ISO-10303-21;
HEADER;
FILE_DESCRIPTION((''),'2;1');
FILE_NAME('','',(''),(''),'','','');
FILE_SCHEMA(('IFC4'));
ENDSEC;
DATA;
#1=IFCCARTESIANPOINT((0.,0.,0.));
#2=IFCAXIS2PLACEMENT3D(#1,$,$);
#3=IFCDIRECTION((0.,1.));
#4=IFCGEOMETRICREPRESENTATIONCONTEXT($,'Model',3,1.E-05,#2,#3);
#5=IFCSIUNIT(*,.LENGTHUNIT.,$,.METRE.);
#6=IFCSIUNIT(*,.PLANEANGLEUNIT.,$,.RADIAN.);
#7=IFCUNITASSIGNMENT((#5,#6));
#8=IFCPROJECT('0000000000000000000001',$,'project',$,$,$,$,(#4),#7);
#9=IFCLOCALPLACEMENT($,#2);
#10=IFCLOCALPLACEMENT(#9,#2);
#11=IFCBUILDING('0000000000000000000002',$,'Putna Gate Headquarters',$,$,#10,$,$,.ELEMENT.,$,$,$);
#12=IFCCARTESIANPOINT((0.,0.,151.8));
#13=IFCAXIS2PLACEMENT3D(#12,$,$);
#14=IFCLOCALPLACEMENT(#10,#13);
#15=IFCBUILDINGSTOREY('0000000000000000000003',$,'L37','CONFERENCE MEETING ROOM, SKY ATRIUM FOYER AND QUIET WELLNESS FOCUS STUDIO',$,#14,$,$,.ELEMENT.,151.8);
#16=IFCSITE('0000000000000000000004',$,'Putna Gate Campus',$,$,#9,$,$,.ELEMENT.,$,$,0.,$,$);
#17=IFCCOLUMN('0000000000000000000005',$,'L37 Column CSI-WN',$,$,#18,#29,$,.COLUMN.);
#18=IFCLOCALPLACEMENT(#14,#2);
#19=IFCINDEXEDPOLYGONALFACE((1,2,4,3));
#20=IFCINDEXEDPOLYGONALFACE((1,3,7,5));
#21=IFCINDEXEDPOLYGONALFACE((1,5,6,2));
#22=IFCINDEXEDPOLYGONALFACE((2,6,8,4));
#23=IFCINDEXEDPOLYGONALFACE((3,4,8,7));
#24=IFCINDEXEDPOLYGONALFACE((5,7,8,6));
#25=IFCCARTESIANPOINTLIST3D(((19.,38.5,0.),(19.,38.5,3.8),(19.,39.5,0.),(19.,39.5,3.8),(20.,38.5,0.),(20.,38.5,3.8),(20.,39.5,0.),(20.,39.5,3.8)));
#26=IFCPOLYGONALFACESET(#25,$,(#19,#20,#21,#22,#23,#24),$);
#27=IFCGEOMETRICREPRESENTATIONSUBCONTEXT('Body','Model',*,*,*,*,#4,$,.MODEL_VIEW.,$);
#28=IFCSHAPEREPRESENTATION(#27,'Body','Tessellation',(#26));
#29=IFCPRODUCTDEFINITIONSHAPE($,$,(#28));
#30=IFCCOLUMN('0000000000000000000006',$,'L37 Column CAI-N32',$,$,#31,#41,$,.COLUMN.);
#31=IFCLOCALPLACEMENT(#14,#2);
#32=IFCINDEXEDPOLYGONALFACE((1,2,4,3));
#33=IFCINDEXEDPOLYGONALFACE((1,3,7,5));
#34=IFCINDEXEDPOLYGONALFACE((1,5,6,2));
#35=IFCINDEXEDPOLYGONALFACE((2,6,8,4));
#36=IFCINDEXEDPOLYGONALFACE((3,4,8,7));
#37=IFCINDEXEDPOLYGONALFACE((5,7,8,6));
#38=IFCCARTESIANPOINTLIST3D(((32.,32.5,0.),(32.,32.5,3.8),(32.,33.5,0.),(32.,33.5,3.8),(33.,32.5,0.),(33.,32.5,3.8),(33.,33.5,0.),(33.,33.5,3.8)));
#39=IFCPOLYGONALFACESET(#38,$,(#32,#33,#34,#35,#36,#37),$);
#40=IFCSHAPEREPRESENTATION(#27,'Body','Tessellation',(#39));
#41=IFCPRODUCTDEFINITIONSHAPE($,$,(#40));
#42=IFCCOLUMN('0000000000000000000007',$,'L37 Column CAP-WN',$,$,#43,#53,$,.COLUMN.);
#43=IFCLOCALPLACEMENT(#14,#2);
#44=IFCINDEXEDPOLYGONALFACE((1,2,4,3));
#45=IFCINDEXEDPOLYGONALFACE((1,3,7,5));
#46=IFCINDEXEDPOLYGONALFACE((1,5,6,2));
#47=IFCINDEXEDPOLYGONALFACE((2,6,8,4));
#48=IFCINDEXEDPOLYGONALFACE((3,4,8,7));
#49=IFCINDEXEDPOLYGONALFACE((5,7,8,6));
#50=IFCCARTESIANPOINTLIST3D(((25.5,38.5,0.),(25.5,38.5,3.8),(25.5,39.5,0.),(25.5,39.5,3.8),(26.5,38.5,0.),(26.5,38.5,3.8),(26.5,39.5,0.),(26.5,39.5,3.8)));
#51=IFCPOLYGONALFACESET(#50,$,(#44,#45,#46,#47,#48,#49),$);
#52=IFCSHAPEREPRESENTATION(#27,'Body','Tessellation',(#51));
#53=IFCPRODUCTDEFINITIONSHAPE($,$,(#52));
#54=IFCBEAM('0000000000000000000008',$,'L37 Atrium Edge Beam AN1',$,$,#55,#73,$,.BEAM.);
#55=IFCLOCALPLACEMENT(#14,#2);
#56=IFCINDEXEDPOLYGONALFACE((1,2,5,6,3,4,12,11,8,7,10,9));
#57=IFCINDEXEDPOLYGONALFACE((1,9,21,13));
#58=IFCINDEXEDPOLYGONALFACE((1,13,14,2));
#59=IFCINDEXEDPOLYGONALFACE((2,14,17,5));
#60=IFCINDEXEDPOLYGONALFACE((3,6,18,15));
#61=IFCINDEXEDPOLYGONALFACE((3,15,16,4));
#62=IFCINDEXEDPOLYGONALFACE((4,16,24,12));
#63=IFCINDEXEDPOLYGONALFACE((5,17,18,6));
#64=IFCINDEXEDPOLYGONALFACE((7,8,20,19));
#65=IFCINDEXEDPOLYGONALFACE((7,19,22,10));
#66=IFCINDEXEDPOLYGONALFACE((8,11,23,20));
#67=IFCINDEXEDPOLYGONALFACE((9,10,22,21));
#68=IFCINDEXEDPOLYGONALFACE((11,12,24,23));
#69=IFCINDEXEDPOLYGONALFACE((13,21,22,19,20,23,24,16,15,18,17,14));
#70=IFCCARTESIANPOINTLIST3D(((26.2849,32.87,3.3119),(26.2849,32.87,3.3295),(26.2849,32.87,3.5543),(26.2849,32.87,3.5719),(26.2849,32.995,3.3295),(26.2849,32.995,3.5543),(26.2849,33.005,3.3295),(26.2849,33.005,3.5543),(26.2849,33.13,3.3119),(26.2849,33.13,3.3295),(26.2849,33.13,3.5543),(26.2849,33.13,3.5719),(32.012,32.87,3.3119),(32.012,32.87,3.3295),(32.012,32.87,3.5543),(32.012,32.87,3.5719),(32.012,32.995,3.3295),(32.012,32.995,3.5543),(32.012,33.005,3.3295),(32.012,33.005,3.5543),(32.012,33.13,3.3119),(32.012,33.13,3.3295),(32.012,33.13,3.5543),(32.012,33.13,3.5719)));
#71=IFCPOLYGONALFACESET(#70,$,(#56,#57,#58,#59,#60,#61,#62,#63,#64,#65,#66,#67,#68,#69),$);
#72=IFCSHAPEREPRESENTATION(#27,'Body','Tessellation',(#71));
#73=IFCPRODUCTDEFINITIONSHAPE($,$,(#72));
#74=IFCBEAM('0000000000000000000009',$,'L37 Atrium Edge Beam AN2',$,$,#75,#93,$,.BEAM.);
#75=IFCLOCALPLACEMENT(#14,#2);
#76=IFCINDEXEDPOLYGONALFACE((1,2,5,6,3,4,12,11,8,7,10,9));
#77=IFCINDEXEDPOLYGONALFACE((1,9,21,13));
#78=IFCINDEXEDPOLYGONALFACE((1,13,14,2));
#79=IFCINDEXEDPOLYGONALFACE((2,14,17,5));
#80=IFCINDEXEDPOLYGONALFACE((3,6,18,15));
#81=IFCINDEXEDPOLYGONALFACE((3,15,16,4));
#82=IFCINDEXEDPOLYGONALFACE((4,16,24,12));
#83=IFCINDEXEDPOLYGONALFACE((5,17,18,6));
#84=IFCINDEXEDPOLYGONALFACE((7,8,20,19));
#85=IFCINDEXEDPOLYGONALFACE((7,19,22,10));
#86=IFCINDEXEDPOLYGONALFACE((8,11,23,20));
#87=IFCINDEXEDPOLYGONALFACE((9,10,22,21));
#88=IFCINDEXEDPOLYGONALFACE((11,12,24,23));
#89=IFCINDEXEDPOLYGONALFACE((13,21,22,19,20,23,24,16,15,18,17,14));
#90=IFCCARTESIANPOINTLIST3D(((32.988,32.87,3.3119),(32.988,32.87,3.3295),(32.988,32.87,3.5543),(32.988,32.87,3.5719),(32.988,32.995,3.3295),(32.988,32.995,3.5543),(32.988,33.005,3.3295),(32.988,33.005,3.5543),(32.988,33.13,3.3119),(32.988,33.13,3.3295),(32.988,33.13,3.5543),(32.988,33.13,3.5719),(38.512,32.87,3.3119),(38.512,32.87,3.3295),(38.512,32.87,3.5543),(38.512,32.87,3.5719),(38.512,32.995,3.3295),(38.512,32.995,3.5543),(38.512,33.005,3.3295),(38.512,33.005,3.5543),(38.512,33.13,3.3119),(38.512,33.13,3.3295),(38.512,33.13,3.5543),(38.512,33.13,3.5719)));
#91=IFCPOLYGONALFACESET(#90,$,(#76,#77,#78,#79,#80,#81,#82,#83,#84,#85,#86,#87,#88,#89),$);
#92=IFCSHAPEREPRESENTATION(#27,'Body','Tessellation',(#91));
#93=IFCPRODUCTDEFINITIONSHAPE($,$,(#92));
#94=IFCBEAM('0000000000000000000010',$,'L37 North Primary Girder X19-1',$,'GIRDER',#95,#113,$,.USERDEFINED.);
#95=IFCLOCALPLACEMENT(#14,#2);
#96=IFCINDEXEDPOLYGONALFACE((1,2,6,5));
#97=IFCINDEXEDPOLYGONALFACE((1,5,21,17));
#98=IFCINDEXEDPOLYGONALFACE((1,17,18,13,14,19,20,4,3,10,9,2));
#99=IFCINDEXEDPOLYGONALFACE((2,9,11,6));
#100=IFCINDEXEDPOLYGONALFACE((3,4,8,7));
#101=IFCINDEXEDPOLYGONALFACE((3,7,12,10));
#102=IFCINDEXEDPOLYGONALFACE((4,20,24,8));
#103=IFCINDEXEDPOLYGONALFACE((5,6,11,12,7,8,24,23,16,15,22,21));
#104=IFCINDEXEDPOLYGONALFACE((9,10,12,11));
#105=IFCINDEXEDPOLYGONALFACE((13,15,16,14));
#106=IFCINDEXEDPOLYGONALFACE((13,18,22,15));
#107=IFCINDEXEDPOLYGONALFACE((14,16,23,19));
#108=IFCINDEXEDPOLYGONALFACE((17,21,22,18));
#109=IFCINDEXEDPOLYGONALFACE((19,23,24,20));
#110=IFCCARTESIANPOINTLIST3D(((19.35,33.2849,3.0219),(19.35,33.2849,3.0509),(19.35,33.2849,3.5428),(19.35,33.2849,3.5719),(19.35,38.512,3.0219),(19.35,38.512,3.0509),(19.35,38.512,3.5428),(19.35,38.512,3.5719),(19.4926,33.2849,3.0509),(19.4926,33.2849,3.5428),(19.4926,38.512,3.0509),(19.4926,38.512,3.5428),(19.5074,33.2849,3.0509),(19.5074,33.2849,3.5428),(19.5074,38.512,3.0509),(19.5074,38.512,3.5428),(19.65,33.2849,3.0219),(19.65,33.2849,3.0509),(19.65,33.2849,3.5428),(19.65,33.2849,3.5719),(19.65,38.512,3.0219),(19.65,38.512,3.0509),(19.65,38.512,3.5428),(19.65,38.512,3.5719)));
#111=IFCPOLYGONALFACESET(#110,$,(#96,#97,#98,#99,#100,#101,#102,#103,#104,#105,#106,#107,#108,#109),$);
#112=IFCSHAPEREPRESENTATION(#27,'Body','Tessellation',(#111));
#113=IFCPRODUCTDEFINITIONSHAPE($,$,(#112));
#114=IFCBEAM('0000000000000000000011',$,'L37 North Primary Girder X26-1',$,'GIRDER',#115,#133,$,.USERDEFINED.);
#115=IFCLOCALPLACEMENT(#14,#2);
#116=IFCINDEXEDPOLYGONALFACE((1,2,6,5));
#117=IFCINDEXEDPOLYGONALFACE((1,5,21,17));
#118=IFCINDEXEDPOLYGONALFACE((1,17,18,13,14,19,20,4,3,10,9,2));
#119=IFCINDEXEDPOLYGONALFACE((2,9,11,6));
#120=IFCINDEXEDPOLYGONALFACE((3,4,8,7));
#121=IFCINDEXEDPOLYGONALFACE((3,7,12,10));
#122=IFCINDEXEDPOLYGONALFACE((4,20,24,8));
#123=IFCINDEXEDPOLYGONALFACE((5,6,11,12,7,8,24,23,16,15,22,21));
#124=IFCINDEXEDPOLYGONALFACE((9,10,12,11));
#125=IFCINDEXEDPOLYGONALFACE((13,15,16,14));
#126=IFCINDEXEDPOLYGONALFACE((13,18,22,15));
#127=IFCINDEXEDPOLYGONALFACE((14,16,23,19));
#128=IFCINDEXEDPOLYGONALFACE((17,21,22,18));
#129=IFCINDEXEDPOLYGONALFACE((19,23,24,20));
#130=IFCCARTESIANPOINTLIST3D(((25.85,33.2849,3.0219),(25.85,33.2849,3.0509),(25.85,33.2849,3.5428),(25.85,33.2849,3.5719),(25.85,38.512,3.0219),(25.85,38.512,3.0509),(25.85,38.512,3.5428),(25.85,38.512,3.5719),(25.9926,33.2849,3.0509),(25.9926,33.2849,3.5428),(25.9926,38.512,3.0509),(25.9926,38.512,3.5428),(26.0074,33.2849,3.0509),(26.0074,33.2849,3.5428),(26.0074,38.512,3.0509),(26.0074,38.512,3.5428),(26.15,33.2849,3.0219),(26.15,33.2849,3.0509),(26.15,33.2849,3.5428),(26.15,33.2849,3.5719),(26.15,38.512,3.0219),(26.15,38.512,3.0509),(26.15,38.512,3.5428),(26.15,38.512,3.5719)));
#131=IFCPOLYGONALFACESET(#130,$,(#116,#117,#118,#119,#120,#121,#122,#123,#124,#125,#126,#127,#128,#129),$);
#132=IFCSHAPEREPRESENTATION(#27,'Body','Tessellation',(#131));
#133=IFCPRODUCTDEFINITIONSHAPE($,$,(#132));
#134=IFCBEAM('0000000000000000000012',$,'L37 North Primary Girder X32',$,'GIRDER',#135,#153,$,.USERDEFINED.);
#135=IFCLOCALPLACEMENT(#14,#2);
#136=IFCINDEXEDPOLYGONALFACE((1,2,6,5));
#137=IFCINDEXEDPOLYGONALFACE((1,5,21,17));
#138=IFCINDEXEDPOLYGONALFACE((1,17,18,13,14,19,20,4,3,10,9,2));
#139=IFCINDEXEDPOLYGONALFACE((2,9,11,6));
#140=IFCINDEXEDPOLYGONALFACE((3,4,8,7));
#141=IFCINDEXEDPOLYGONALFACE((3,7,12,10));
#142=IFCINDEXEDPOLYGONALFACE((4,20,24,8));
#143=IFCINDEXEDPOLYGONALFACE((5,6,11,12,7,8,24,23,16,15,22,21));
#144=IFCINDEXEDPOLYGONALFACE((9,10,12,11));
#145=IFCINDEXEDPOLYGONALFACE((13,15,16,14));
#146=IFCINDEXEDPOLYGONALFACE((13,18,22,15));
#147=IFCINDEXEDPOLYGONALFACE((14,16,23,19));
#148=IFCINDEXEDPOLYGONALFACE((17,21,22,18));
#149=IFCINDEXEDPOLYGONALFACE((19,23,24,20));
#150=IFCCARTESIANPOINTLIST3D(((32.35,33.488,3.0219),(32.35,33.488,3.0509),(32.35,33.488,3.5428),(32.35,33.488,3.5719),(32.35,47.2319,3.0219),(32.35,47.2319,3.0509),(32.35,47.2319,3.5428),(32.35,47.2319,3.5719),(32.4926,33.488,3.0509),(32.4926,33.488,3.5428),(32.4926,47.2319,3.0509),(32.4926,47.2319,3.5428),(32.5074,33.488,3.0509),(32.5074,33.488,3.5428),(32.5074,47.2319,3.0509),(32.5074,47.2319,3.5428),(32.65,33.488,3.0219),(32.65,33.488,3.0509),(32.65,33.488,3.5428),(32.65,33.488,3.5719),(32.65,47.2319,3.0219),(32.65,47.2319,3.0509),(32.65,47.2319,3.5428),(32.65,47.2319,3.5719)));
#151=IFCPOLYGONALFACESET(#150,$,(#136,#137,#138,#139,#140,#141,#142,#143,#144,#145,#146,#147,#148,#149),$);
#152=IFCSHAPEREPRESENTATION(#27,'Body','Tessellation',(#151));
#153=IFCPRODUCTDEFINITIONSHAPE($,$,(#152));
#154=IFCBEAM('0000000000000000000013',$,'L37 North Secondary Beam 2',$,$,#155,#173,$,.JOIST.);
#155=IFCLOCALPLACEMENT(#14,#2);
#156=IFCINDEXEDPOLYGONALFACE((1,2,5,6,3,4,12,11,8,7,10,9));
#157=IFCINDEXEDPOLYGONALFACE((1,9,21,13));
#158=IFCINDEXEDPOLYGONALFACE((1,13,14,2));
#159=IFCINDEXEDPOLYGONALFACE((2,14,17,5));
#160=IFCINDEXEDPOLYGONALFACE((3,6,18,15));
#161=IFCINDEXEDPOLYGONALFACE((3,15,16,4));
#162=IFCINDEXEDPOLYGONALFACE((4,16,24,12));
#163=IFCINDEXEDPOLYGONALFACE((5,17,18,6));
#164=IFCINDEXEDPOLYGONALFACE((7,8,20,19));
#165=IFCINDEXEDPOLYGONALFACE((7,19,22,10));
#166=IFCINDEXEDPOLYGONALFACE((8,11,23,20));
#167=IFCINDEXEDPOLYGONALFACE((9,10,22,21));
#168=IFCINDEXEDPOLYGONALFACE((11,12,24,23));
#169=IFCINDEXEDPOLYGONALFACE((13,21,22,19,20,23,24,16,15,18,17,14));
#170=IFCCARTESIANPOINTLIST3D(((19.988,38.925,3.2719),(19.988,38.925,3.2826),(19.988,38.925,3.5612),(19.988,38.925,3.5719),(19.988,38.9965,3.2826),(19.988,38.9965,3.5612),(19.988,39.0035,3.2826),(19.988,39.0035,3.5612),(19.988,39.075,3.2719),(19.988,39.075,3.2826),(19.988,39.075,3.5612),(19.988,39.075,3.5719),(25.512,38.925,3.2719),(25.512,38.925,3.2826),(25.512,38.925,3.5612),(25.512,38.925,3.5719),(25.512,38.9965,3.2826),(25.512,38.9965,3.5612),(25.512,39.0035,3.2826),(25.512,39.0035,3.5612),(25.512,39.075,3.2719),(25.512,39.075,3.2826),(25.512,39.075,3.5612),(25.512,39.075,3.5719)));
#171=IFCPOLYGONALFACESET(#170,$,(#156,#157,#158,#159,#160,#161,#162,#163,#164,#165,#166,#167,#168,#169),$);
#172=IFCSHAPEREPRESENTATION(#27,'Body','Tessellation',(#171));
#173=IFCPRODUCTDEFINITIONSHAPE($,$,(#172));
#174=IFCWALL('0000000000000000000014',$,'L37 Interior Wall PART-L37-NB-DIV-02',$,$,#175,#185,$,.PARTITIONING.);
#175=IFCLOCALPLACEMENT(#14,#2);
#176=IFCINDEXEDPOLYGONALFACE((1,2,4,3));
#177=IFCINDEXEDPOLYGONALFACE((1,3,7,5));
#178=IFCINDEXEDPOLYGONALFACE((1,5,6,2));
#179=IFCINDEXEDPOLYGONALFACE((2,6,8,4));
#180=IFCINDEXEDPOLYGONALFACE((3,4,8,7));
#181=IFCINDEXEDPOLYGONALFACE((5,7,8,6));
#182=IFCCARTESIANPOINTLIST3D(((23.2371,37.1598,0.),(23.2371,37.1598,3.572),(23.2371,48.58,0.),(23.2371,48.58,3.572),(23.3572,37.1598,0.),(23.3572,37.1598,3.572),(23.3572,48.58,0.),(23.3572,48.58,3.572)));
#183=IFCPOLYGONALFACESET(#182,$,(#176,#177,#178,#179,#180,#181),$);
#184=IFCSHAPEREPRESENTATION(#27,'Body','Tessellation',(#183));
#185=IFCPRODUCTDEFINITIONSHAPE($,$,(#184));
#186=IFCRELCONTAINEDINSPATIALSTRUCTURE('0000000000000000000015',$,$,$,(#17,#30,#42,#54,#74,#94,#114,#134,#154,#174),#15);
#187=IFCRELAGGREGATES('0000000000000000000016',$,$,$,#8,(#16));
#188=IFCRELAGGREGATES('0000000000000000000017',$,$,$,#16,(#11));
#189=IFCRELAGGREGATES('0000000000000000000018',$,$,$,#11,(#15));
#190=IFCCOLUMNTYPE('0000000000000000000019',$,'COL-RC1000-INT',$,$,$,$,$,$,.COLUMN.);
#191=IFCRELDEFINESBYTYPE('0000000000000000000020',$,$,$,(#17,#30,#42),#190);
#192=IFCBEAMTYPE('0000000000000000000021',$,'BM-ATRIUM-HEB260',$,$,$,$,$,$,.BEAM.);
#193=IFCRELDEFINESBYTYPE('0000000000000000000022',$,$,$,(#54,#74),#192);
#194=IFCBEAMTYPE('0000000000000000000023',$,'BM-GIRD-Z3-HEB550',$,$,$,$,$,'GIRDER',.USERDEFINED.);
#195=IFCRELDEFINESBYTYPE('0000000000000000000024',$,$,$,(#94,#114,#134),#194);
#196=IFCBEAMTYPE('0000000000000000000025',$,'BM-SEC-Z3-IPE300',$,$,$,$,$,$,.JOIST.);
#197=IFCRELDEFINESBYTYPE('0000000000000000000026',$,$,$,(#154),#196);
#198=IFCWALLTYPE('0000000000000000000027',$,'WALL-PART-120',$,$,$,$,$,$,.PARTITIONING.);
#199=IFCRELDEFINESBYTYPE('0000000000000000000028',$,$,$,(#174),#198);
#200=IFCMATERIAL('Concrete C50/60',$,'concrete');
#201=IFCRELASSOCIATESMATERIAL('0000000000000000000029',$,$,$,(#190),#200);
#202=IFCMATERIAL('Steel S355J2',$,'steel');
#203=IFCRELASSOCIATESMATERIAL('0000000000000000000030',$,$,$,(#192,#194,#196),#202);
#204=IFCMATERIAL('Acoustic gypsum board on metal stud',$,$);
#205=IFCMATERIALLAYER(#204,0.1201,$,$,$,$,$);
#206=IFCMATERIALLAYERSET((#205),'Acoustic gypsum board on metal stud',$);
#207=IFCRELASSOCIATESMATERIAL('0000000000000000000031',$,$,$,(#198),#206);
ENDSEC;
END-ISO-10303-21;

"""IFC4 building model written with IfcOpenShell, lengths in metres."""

from ifc_helpers import new_model, si_unit, direction, frame, frame_2d, origin, origin_2d, place, context, subcontext, project, spatial, rectangle, i_section, extrude, material, layer, layer_set, material_profile, profile_set, type_object, element, save


model = new_model("IFC4")

# Units and contexts
model_context = context("Model", 3, precision=1e-05, world=origin(), true_north=direction((0.0, 1.0)))
body_context = subcontext(model_context, "Body", "Model", "MODEL_VIEW")
ifc_project = project(units=[si_unit("LENGTHUNIT", "METRE"), si_unit("PLANEANGLEUNIT", "RADIAN")], contexts=[model_context])

# Site, building, storey
site_placement = place(None, origin())
site = spatial("IfcSite", under=ifc_project, at=site_placement, Name="Putna Gate Campus", CompositionType="ELEMENT", RefElevation=0.0)
building_placement = place(site_placement, origin())
building = spatial("IfcBuilding", under=site, at=building_placement, Name="Putna Gate Headquarters", CompositionType="ELEMENT")
storey_placement = place(building_placement, frame((0.0, 0.0, 151.8)))
storey = spatial("IfcBuildingStorey", under=building, at=storey_placement, Name="L37", Description="CONFERENCE MEETING ROOM, SKY ATRIUM FOYER AND QUIET WELLNESS FOCUS STUDIO", CompositionType="ELEMENT", Elevation=151.8)

# Columns
ifc_material_1 = material(Name="Concrete C50/60", Category="concrete")
ifc_material_profile_1 = material_profile(ifc_material_1, rectangle(XDim=1.0, YDim=1.0, at=origin_2d()), Name="Concrete C50/60")
ifc_profile_set_1 = profile_set([ifc_material_profile_1], Name="Concrete C50/60")
column_type = type_object("IfcColumnType", Name="COL-RC1000-INT", PredefinedType="COLUMN", material=ifc_profile_set_1)
for number, where, z_axis, x_axis, name in (
    (1, (19.5, 39.0, 0.0), (0.0, 0.0, 1.0), (1.0, 0.0, 0.0), "L37 Column CSI-WN"),
    (2, (32.5, 33.0, 0.0), (0.0, 0.0, 1.0), (1.0, 0.0, 0.0), "L37 Column CAI-N32"),
    (3, (26.0, 39.0, 0.0), (0.0, 0.0, 1.0), (1.0, 0.0, 0.0), "L37 Column CAP-WN"),
):
    element("IfcColumn", number, at=place(storey_placement, frame(where, z_axis=z_axis, x_axis=x_axis)), inside=storey, type_object=column_type, Name=name, PredefinedType="COLUMN", context=body_context, shape_type="SweptSolid", body=[
        extrude(rectangle(XDim=1.0, YDim=1.0, at=origin_2d()), origin(), (0.0, 0.0, 1.0), 3.8),
    ])

# Beams
ifc_material_2 = material(Name="Steel S355J2", Category="steel")
ifc_material_profile_2 = material_profile(ifc_material_2, i_section(OverallWidth=0.26, OverallDepth=0.26, WebThickness=0.01, FlangeThickness=0.0176, at=origin_2d()), Name="Steel S355J2")
ifc_profile_set_2 = profile_set([ifc_material_profile_2], Name="Steel S355J2")
beam_type_1 = type_object("IfcBeamType", Name="BM-ATRIUM-HEB260", PredefinedType="BEAM", material=ifc_profile_set_2)
beam_1_placement = place(storey_placement, frame((26.2849, 33.0, 3.4419), z_axis=(1.0, 0.0, 0.0), x_axis=(0.0, 1.0, 0.0)))
element("IfcBeam", 4, at=beam_1_placement, inside=storey, type_object=beam_type_1, Name="L37 Atrium Edge Beam AN1", PredefinedType="BEAM", context=body_context, shape_type="SweptSolid", body=[
    extrude(i_section(OverallWidth=0.26, OverallDepth=0.26, WebThickness=0.01, FlangeThickness=0.0176, at=origin_2d()), origin(), (0.0, 0.0, 1.0), 5.7271),
])
beam_2_placement = place(storey_placement, frame((32.988, 33.0, 3.4419), z_axis=(1.0, 0.0, 0.0), x_axis=(0.0, 1.0, 0.0)))
element("IfcBeam", 5, at=beam_2_placement, inside=storey, type_object=beam_type_1, Name="L37 Atrium Edge Beam AN2", PredefinedType="BEAM", context=body_context, shape_type="SweptSolid", body=[
    extrude(i_section(OverallWidth=0.26, OverallDepth=0.26, WebThickness=0.01, FlangeThickness=0.0176, at=origin_2d()), origin(), (0.0, 0.0, 1.0), 5.5239),
])
ifc_material_profile_3 = material_profile(ifc_material_2, i_section(OverallWidth=0.3, OverallDepth=0.55, WebThickness=0.0149, FlangeThickness=0.0291, at=origin_2d()), Name="Steel S355J2")
ifc_profile_set_3 = profile_set([ifc_material_profile_3], Name="Steel S355J2")
beam_type_2 = type_object("IfcBeamType", Name="BM-GIRD-Z3-HEB550", ElementType="GIRDER", PredefinedType="USERDEFINED", material=ifc_profile_set_3)
for number, where, z_axis, x_axis, name in (
    (6, (19.5, 33.2849, 3.2969), (0.0, 1.0, 0.0), (-1.0, 0.0, 0.0), "L37 North Primary Girder X19-1"),
    (7, (26.0, 33.2849, 3.2969), (0.0, 1.0, 0.0), (-1.0, 0.0, 0.0), "L37 North Primary Girder X26-1"),
):
    element("IfcBeam", number, at=place(storey_placement, frame(where, z_axis=z_axis, x_axis=x_axis)), inside=storey, type_object=beam_type_2, Name=name, ObjectType="GIRDER", PredefinedType="USERDEFINED", context=body_context, shape_type="SweptSolid", body=[
        extrude(i_section(OverallWidth=0.3, OverallDepth=0.55, WebThickness=0.0149, FlangeThickness=0.0291, at=origin_2d()), origin(), (0.0, 0.0, 1.0), 5.2271),
    ])
beam_3_placement = place(storey_placement, frame((32.5, 33.488, 3.2969), z_axis=(0.0, 1.0, 0.0), x_axis=(-1.0, 0.0, 0.0)))
element("IfcBeam", 8, at=beam_3_placement, inside=storey, type_object=beam_type_2, Name="L37 North Primary Girder X32", ObjectType="GIRDER", PredefinedType="USERDEFINED", context=body_context, shape_type="SweptSolid", body=[
    extrude(i_section(OverallWidth=0.3, OverallDepth=0.55, WebThickness=0.0149, FlangeThickness=0.0291, at=origin_2d()), origin(), (0.0, 0.0, 1.0), 13.7439),
])
ifc_material_profile_4 = material_profile(ifc_material_2, i_section(OverallWidth=0.1499, OverallDepth=0.3, WebThickness=0.0071, FlangeThickness=0.0107, at=origin_2d()), Name="Steel S355J2")
ifc_profile_set_4 = profile_set([ifc_material_profile_4], Name="Steel S355J2")
beam_type_3 = type_object("IfcBeamType", Name="BM-SEC-Z3-IPE300", PredefinedType="JOIST", material=ifc_profile_set_4)
beam_4_placement = place(storey_placement, frame((19.988, 39.0, 3.4219), z_axis=(1.0, 0.0, 0.0), x_axis=(0.0, 1.0, 0.0)))
element("IfcBeam", 9, at=beam_4_placement, inside=storey, type_object=beam_type_3, Name="L37 North Secondary Beam 2", PredefinedType="JOIST", context=body_context, shape_type="SweptSolid", body=[
    extrude(i_section(OverallWidth=0.1499, OverallDepth=0.3, WebThickness=0.0071, FlangeThickness=0.0107, at=origin_2d()), origin(), (0.0, 0.0, 1.0), 5.5239),
])

# Wall
ifc_material_3 = material(Name="Acoustic gypsum board on metal stud")
ifc_layer_1 = layer(ifc_material_3, 0.1201)
ifc_layer_set_1 = layer_set([ifc_layer_1], Name="Acoustic gypsum board on metal stud")
wall_type_1 = type_object("IfcWallType", Name="WALL-PART-120", PredefinedType="PARTITIONING", material=ifc_layer_set_1)
wall_1_placement = place(storey_placement, frame((23.2971, 37.1599, 0.0), z_axis=(0.0, 0.0, 1.0), x_axis=(0.0, 1.0, 0.0)))
element("IfcWall", 10, at=wall_1_placement, inside=storey, type_object=wall_type_1, Name="L37 Interior Wall PART-L37-NB-DIV-02", PredefinedType="PARTITIONING", context=body_context, shape_type="SweptSolid", body=[
    extrude(rectangle(XDim=11.4202, YDim=0.1201, at=frame_2d((5.71, 0.0))), origin(), (0.0, 0.0, 1.0), 3.572),
])

save(model, "model.ifc")
